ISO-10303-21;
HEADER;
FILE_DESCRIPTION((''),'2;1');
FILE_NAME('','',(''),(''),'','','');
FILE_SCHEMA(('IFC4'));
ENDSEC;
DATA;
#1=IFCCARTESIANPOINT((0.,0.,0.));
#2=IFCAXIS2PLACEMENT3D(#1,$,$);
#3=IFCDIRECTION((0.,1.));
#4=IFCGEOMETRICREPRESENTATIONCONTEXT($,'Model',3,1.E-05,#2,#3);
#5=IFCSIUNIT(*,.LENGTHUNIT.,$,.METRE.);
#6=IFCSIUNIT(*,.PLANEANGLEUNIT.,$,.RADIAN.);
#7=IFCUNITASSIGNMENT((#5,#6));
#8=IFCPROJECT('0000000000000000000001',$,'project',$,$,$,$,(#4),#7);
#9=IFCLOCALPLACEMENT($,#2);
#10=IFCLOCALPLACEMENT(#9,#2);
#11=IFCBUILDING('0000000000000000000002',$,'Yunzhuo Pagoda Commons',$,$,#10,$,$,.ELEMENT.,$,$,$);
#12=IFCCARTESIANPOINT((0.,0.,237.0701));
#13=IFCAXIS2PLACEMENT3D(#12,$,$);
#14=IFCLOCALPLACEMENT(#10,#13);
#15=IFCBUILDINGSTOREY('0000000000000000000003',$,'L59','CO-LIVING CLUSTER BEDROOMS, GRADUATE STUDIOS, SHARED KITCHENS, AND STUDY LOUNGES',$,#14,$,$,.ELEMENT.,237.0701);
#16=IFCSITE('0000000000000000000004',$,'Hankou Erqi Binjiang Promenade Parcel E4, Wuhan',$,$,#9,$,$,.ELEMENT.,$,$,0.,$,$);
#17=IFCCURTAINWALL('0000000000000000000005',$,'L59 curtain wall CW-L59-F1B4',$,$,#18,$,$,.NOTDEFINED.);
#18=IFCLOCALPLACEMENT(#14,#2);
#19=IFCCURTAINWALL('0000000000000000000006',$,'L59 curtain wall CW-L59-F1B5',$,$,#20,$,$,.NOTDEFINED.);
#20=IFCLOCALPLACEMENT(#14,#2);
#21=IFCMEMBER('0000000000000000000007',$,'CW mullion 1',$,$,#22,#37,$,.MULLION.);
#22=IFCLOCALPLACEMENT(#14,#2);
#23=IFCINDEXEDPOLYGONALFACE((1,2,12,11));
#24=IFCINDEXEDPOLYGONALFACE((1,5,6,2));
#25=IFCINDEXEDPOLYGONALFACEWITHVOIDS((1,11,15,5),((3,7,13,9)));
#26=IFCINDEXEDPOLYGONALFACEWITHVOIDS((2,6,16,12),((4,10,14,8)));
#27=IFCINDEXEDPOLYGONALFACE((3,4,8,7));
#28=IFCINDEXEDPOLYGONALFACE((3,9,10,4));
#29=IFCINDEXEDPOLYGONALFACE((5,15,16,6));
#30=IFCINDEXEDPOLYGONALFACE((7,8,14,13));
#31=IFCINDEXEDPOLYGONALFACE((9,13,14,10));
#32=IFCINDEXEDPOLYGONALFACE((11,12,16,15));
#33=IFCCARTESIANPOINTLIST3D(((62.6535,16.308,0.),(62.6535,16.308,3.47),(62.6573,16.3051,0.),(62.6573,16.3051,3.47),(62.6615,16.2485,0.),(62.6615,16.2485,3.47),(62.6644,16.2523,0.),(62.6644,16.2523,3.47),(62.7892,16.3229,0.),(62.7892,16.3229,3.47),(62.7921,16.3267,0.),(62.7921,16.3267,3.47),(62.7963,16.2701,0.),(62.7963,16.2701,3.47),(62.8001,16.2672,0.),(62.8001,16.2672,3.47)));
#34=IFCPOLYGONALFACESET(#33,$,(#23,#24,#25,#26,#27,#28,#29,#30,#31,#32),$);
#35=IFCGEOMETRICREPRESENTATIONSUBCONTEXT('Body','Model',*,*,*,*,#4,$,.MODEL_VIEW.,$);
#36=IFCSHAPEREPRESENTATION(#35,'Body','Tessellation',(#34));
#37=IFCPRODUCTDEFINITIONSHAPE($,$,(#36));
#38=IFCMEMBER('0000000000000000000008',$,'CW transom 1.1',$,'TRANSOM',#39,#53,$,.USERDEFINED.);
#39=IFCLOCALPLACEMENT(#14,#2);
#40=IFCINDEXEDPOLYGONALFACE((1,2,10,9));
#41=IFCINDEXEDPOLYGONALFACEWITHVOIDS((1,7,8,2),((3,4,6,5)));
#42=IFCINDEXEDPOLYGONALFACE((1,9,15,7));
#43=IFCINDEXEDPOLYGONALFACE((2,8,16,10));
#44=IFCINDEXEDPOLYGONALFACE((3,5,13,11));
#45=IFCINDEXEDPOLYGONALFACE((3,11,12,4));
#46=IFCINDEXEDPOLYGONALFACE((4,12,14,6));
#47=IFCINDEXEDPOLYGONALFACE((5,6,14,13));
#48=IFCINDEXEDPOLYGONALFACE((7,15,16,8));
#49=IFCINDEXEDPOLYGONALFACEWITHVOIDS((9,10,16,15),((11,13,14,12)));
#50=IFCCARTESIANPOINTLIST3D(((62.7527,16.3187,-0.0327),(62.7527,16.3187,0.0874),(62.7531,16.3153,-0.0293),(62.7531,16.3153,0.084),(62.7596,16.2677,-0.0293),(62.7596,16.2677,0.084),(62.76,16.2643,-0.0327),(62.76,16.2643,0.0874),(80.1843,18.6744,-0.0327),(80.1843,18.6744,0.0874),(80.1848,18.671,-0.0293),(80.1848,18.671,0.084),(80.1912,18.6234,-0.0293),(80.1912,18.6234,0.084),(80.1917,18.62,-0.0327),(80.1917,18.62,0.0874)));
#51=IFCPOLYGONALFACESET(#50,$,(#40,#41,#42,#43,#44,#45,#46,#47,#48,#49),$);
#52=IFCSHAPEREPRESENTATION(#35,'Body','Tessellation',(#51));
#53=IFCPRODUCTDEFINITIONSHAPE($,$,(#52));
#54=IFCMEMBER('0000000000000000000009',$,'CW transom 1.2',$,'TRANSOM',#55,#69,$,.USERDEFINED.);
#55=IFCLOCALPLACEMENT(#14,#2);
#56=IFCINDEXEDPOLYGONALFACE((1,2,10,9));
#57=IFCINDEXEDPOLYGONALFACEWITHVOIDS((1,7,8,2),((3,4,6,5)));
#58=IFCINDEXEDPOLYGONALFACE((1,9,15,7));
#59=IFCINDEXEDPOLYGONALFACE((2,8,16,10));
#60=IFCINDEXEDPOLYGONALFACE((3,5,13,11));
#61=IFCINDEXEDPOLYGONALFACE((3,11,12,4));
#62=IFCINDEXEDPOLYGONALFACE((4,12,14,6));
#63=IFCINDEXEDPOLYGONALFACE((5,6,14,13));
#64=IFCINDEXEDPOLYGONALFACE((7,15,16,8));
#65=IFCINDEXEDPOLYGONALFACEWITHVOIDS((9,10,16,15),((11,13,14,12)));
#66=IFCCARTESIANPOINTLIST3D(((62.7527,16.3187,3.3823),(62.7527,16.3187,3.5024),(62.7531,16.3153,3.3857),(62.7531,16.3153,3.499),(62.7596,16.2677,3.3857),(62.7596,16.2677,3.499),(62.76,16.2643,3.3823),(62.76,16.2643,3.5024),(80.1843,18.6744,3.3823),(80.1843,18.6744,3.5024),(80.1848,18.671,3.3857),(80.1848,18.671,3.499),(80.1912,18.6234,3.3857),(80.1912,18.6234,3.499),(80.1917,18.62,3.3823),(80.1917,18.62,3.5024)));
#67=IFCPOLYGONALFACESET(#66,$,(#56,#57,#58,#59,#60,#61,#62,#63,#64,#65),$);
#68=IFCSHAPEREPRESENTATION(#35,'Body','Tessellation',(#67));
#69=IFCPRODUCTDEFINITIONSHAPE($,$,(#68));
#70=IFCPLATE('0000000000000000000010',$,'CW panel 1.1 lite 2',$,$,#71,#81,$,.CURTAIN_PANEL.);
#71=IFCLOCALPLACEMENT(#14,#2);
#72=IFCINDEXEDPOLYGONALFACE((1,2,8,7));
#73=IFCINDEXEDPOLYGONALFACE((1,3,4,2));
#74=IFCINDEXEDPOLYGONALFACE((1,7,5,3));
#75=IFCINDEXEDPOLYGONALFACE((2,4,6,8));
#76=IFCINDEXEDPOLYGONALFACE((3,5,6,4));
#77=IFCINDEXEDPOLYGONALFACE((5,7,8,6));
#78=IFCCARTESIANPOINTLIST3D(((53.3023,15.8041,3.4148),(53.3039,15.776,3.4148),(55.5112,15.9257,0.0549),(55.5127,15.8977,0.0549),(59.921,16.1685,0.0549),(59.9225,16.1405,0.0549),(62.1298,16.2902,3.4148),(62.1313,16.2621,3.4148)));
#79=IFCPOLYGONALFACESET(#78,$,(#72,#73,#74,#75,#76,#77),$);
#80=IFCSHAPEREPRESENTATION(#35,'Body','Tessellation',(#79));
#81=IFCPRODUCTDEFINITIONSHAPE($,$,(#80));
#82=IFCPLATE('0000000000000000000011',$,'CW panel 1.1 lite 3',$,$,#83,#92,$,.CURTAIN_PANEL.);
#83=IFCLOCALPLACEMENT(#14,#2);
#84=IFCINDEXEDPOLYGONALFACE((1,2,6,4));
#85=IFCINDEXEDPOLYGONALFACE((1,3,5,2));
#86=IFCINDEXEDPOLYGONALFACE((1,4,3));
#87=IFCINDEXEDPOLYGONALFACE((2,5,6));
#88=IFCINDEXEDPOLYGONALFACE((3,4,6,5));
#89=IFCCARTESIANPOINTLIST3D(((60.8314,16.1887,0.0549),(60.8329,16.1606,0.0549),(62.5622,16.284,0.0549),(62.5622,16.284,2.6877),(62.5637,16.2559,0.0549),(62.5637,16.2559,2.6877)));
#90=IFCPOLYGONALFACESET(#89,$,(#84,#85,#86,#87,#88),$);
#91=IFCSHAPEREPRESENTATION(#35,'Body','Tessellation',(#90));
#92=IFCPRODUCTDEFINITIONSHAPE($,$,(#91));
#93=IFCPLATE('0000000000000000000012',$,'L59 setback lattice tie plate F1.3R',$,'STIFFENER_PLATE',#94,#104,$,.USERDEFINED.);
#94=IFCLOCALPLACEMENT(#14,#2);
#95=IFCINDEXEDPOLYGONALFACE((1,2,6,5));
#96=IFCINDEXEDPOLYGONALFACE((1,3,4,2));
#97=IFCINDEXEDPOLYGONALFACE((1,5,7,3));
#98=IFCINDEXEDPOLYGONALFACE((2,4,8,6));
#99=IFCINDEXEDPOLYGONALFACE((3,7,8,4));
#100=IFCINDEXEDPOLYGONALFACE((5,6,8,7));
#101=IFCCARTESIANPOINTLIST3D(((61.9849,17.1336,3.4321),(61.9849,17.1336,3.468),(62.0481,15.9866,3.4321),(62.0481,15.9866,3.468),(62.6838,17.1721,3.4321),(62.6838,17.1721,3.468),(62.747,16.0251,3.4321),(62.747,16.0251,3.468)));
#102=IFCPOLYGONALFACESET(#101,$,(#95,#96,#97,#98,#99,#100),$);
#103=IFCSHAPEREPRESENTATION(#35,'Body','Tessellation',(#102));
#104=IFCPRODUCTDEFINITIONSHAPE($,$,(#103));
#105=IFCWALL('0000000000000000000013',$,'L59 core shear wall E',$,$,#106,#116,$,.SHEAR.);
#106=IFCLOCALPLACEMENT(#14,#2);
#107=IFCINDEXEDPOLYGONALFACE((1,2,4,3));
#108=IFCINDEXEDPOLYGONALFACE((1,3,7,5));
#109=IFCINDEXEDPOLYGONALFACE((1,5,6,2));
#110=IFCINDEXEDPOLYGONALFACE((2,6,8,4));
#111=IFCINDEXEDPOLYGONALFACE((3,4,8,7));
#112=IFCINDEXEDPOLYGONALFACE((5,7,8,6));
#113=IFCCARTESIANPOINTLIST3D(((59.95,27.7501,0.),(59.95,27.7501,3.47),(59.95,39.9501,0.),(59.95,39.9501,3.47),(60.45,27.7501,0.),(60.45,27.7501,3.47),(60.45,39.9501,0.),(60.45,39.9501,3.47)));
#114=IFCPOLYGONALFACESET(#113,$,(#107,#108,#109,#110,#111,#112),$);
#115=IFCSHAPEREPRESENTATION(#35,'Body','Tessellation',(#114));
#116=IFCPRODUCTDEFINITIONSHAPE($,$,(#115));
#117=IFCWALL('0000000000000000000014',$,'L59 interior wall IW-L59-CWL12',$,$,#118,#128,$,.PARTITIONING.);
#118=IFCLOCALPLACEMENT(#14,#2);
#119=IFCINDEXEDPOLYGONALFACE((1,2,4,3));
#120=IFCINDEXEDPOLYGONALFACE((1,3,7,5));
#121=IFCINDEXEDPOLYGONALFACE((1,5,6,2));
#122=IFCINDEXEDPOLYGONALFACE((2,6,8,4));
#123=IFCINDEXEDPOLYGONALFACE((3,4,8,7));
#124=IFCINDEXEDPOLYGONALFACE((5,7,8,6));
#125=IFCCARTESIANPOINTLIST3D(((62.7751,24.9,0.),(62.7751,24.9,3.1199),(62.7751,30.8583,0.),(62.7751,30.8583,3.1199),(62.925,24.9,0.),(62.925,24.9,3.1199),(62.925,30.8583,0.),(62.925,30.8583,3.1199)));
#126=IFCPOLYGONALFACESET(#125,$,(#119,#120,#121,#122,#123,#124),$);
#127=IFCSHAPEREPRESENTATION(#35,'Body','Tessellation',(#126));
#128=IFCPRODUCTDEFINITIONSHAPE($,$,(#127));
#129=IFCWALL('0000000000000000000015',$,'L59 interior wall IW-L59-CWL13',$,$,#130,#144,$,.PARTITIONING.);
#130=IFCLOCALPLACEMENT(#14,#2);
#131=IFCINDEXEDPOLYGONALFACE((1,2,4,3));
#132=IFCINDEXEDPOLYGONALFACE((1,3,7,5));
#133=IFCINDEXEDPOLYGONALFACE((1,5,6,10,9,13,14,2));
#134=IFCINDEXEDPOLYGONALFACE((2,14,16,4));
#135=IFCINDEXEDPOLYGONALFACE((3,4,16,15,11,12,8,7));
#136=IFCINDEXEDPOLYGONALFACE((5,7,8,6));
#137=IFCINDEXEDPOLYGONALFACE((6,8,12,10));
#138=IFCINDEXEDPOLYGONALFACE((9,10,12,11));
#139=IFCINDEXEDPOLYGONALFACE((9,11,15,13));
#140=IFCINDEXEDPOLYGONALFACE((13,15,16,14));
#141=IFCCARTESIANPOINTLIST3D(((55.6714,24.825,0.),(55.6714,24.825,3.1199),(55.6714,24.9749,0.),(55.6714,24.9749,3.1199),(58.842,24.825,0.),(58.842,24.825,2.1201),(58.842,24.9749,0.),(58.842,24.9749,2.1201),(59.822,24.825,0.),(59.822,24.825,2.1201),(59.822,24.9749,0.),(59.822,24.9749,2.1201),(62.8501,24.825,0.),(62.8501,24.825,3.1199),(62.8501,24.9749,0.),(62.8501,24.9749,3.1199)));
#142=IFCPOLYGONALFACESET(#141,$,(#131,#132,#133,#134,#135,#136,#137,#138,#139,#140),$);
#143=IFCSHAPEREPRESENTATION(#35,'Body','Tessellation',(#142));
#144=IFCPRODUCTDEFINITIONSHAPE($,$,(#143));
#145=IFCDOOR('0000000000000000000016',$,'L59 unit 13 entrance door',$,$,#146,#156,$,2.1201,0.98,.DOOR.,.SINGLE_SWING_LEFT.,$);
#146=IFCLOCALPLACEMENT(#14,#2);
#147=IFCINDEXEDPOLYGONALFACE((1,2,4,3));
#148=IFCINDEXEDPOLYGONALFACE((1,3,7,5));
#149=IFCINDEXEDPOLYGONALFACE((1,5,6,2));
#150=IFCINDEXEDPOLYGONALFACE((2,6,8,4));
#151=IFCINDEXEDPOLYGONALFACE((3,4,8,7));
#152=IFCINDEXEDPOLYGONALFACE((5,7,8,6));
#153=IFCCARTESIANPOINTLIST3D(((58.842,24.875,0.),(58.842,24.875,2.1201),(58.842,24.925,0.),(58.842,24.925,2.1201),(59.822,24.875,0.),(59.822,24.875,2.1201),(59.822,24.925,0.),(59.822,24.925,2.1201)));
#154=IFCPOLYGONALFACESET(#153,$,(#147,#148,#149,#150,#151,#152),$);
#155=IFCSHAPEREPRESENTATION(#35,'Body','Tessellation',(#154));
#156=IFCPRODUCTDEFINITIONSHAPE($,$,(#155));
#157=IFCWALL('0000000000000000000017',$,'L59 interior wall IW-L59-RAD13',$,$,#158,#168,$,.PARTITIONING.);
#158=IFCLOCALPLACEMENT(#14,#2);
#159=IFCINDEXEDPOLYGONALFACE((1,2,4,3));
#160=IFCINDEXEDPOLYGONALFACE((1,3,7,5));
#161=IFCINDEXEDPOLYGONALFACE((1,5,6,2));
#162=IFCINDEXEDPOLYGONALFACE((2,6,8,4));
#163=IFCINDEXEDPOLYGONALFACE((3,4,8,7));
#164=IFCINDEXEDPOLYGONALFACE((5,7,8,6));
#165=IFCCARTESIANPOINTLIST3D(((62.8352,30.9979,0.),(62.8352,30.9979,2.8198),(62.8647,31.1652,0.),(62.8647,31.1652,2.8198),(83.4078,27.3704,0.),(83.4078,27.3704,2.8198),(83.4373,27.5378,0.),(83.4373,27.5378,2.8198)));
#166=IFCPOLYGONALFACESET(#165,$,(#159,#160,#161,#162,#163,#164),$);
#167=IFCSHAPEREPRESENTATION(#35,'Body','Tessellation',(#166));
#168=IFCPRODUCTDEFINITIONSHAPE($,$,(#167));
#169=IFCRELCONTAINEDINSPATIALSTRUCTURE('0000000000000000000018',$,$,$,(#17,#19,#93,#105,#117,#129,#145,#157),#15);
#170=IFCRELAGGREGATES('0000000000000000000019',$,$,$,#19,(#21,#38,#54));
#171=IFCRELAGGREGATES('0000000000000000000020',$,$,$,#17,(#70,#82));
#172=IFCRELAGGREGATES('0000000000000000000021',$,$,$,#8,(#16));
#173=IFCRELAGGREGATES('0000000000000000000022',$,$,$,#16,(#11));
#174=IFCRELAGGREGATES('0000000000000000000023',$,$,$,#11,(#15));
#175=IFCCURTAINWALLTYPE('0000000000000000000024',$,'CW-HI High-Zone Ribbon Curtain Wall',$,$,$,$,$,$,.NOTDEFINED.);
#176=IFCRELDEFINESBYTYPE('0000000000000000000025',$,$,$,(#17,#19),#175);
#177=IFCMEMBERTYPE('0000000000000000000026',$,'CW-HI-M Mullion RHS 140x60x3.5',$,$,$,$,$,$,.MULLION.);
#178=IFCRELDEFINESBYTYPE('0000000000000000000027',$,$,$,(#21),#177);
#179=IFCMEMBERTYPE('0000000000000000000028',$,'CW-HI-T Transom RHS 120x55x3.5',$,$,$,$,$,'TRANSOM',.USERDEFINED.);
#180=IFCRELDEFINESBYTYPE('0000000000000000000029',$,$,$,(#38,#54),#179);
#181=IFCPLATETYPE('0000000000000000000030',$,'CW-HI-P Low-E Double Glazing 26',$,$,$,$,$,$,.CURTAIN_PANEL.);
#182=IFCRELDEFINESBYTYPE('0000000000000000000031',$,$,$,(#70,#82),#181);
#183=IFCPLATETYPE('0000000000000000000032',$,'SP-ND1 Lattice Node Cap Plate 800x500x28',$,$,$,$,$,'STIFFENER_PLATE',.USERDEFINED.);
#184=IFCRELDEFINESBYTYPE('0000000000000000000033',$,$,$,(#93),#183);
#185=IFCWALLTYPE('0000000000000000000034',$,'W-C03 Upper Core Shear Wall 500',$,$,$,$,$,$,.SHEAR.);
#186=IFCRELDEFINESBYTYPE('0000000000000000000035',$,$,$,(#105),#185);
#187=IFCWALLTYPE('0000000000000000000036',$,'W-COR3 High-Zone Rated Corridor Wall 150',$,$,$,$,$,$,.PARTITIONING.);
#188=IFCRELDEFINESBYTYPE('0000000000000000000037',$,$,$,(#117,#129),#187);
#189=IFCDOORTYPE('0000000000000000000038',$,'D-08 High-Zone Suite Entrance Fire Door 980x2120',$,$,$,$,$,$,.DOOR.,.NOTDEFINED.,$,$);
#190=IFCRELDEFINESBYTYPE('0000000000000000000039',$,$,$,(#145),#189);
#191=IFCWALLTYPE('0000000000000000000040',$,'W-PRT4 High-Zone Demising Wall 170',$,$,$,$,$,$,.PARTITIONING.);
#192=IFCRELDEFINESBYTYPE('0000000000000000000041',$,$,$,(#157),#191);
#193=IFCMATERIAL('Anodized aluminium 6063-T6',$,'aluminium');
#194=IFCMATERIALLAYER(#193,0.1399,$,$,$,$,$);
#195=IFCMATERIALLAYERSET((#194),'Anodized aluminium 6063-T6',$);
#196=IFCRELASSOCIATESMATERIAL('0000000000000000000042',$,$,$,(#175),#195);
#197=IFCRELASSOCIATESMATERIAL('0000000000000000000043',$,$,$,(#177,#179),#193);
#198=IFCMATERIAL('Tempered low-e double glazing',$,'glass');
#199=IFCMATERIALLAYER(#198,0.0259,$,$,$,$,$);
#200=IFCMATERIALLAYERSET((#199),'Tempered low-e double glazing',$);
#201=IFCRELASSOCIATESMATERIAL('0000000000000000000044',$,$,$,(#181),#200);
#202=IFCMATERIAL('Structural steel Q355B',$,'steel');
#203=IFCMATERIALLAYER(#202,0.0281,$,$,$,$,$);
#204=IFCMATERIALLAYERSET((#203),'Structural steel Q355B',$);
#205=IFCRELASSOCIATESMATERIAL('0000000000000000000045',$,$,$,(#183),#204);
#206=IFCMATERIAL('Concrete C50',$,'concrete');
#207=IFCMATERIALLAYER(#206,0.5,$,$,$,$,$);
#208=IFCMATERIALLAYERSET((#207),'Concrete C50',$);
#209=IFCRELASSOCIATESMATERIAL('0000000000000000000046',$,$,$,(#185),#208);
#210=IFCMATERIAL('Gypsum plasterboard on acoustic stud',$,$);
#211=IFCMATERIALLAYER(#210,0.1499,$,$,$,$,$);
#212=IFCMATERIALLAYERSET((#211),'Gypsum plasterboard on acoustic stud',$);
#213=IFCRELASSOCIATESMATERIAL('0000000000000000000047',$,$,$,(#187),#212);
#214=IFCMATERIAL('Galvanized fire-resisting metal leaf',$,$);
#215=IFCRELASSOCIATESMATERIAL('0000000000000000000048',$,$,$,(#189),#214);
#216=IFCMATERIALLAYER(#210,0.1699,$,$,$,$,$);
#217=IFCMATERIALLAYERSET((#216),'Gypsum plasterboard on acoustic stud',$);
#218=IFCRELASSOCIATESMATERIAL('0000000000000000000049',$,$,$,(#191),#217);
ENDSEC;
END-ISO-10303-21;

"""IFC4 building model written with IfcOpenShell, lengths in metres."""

from ifc_helpers import new_model, si_unit, direction, frame, frame_2d, origin, origin_with_axes, origin_2d, place, context, subcontext, project, spatial, polyline, rectangle, hollow_rectangle, outline, extrude, source, transform, mapped, material, layer, layer_set, material_profile, profile_set, type_object, element, fill, aggregate, save


model = new_model("IFC4")

# Units and contexts
model_context = context("Model", 3, precision=1e-05, world=origin(), true_north=direction((0.0, 1.0)))
body_context = subcontext(model_context, "Body", "Model", "MODEL_VIEW")
ifc_project = project(units=[si_unit("LENGTHUNIT", "METRE"), si_unit("PLANEANGLEUNIT", "RADIAN")], contexts=[model_context])

# Site, building, storey
site_placement = place(None, origin())
site = spatial("IfcSite", under=ifc_project, at=site_placement, Name="Hankou Erqi Binjiang Promenade Parcel E4, Wuhan", CompositionType="ELEMENT", RefElevation=0.0)
building_placement = place(site_placement, origin())
building = spatial("IfcBuilding", under=site, at=building_placement, Name="Yunzhuo Pagoda Commons", CompositionType="ELEMENT")
storey_placement = place(building_placement, frame((0.0, 0.0, 237.0701)))
storey = spatial("IfcBuildingStorey", under=building, at=storey_placement, Name="L59", Description="CO-LIVING CLUSTER BEDROOMS, GRADUATE STUDIOS, SHARED KITCHENS, AND STUDY LOUNGES", CompositionType="ELEMENT", Elevation=237.0701)

# Shared definitions
ifc_material_1 = material(Name="Structural steel Q355B", Category="steel")

# Curtain wall
ifc_material_2 = material(Name="Anodized aluminium 6063-T6", Category="aluminium")
ifc_layer_1 = layer(ifc_material_2, 0.1399)
ifc_layer_set_1 = layer_set([ifc_layer_1], Name="Anodized aluminium 6063-T6")
curtain_wall_type = type_object("IfcCurtainWallType", Name="CW-HI High-Zone Ribbon Curtain Wall", PredefinedType="NOTDEFINED", material=ifc_layer_set_1)
curtain_wall_1_placement = place(storey_placement, origin())
curtain_wall_1 = element("IfcCurtainWall", 1, at=curtain_wall_1_placement, inside=storey, type_object=curtain_wall_type, Name="L59 curtain wall CW-L59-F1B4", PredefinedType="NOTDEFINED")
ifc_material_profile_1 = material_profile(ifc_material_2, hollow_rectangle(XDim=0.0601, YDim=0.1399, WallThickness=0.0034, at=origin_2d()), Name="Anodized aluminium 6063-T6")
ifc_profile_set_1 = profile_set([ifc_material_profile_1], Name="Anodized aluminium 6063-T6")
member_type_1 = type_object("IfcMemberType", Name="CW-HI-M Mullion RHS 140x60x3.5", PredefinedType="MULLION", material=ifc_profile_set_1)
shared_shape_1 = source(origin(), body_context, "Body", "SweptSolid", [
    extrude(hollow_rectangle(XDim=0.0601, YDim=0.1399, WallThickness=0.0034, at=origin_2d()), origin(), (0.0, 0.0, 1.0), 3.47),
])

# Curtain wall, members
curtain_wall_2_placement = place(storey_placement, origin())
curtain_wall_2 = element("IfcCurtainWall", 2, at=curtain_wall_2_placement, inside=storey, type_object=curtain_wall_type, Name="L59 curtain wall CW-L59-F1B5", PredefinedType="NOTDEFINED")
member_1_placement = place(storey_placement, frame((62.7268, 16.2876, 0.0), z_axis=(0.0, 0.0, 1.0), x_axis=(-0.13393, 0.990991, 0.0)))
member_1 = element("IfcMember", 3, at=member_1_placement, type_object=member_type_1, Name="CW mullion 1", PredefinedType="MULLION", context=body_context, shape_type="MappedRepresentation", body=[
    mapped(shared_shape_1, transform((0.0, 0.0, 0.0), scale=1.0)),
])
ifc_material_profile_2 = material_profile(ifc_material_2, hollow_rectangle(XDim=0.0549, YDim=0.1201, WallThickness=0.0034, at=origin_2d()), Name="Anodized aluminium 6063-T6")
ifc_profile_set_2 = profile_set([ifc_material_profile_2], Name="Anodized aluminium 6063-T6")
member_type_2 = type_object("IfcMemberType", Name="CW-HI-T Transom RHS 120x55x3.5", ElementType="TRANSOM", PredefinedType="USERDEFINED", material=ifc_profile_set_2)
shared_shape_2 = source(origin(), body_context, "Body", "SweptSolid", [
    extrude(hollow_rectangle(XDim=0.0549, YDim=0.1201, WallThickness=0.0034, at=origin_2d()), origin(), (0.0, 0.0, 1.0), 17.5901),
])
member_2_placement = place(storey_placement, frame((62.7563, 16.2915, 0.0273), z_axis=(0.990992, 0.133923, 0.0), x_axis=(-0.133923, 0.990992, 0.0)))
member_2 = element("IfcMember", 4, at=member_2_placement, type_object=member_type_2, Name="CW transom 1.1", ObjectType="TRANSOM", PredefinedType="USERDEFINED", context=body_context, shape_type="MappedRepresentation", body=[
    mapped(shared_shape_2, transform((0.0, 0.0, 0.0), scale=1.0)),
])
member_3_placement = place(storey_placement, frame((62.7563, 16.2915, 3.4424), z_axis=(0.990992, 0.133923, 0.0), x_axis=(-0.133923, 0.990992, 0.0)))
member_3 = element("IfcMember", 5, at=member_3_placement, type_object=member_type_2, Name="CW transom 1.2", ObjectType="TRANSOM", PredefinedType="USERDEFINED", context=body_context, shape_type="MappedRepresentation", body=[
    mapped(shared_shape_2, transform((0.0, 0.0, 0.0), scale=1.0)),
])
aggregate(curtain_wall_2, [member_1, member_2, member_3])

# Plates
ifc_material_3 = material(Name="Tempered low-e double glazing", Category="glass")
ifc_layer_2 = layer(ifc_material_3, 0.0259)
ifc_layer_set_2 = layer_set([ifc_layer_2], Name="Tempered low-e double glazing")
plate_type_1 = type_object("IfcPlateType", Name="CW-HI-P Low-E Double Glazing 26", PredefinedType="CURTAIN_PANEL", material=ifc_layer_set_2)
plate_1_placement = place(storey_placement, frame((57.7161, 16.0471, 1.7349), z_axis=(0.054981, -0.998487, 0.0), x_axis=(0.998487, 0.054981, 0.0)))
plate_1 = element("IfcPlate", 6, at=plate_1_placement, type_object=plate_type_1, Name="CW panel 1.1 lite 2", PredefinedType="CURTAIN_PANEL", context=body_context, shape_type="SweptSolid", body=[
    extrude(outline(polyline([(-4.4204, 1.6799), (-2.2083, -1.6799), (2.2083, -1.6799), (4.4204, 1.6799), (-4.4204, 1.6799)])), origin(), (0.0, 0.0, 1.0), 0.0281),
])
plate_2_placement = place(storey_placement, frame((61.6968, 16.2363, 1.3713), z_axis=(0.054981, -0.998487, 0.0), x_axis=(0.998487, 0.054981, 0.0)))
plate_2 = element("IfcPlate", 7, at=plate_2_placement, type_object=plate_type_1, Name="CW panel 1.1 lite 3", PredefinedType="CURTAIN_PANEL", context=body_context, shape_type="SweptSolid", body=[
    extrude(outline(polyline([(-0.8667, -1.3164), (0.8667, -1.3164), (0.8667, 1.3164), (-0.8667, -1.3164)])), origin(), (0.0, 0.0, 1.0), 0.0281),
])
aggregate(curtain_wall_1, [plate_1, plate_2])
ifc_layer_3 = layer(ifc_material_1, 0.0281)
ifc_layer_set_3 = layer_set([ifc_layer_3], Name="Structural steel Q355B")
plate_type_2 = type_object("IfcPlateType", Name="SP-ND1 Lattice Node Cap Plate 800x500x28", ElementType="STIFFENER_PLATE", PredefinedType="USERDEFINED", material=ifc_layer_set_3)
shared_shape_3 = source(origin(), body_context, "Body", "SweptSolid", [
    extrude(rectangle(XDim=0.7, YDim=1.1487, at=origin_2d()), origin(), (0.0, 0.0, 1.0), 0.0359),
])
plate_3_placement = place(storey_placement, frame((62.366, 16.5793, 3.4321), z_axis=(0.0, 0.0, 1.0), x_axis=(0.998487, 0.054985, 0.0)))
element("IfcPlate", 8, at=plate_3_placement, inside=storey, type_object=plate_type_2, Name="L59 setback lattice tie plate F1.3R", ObjectType="STIFFENER_PLATE", PredefinedType="USERDEFINED", context=body_context, shape_type="MappedRepresentation", body=[
    mapped(shared_shape_3, transform((0.0, 0.0, 0.0), scale=1.0)),
])

# Walls
ifc_material_4 = material(Name="Concrete C50", Category="concrete")
ifc_layer_4 = layer(ifc_material_4, 0.5)
ifc_layer_set_4 = layer_set([ifc_layer_4], Name="Concrete C50")
wall_type_1 = type_object("IfcWallType", Name="W-C03 Upper Core Shear Wall 500", PredefinedType="SHEAR", material=ifc_layer_set_4)
wall_1_placement = place(storey_placement, frame((60.2, 27.75, 0.0), z_axis=(0.0, 0.0, 1.0), x_axis=(0.0, 1.0, 0.0)))
element("IfcWall", 9, at=wall_1_placement, inside=storey, type_object=wall_type_1, Name="L59 core shear wall E", PredefinedType="SHEAR", context=body_context, shape_type="SweptSolid", body=[
    extrude(rectangle(XDim=12.2, YDim=0.5, at=frame_2d((6.1001, 0.0))), origin(), (0.0, 0.0, 1.0), 3.47),
])
ifc_material_5 = material(Name="Gypsum plasterboard on acoustic stud")
ifc_layer_5 = layer(ifc_material_5, 0.1499)
ifc_layer_set_5 = layer_set([ifc_layer_5], Name="Gypsum plasterboard on acoustic stud")
wall_type_2 = type_object("IfcWallType", Name="W-COR3 High-Zone Rated Corridor Wall 150", PredefinedType="PARTITIONING", material=ifc_layer_set_5)
wall_2_placement = place(storey_placement, frame((62.8501, 30.8582, 0.0), z_axis=(0.0, 0.0, 1.0), x_axis=(0.0, -1.0, 0.0)))
element("IfcWall", 10, at=wall_2_placement, inside=storey, type_object=wall_type_2, Name="L59 interior wall IW-L59-CWL12", PredefinedType="PARTITIONING", context=body_context, shape_type="SweptSolid", body=[
    extrude(rectangle(XDim=5.9583, YDim=0.1499, at=frame_2d((2.979, 0.0))), origin(), (0.0, 0.0, 1.0), 3.1199),
])

# Wall, opening, door
wall_3_placement = place(storey_placement, frame((62.8501, 24.8999, 0.0), z_axis=(0.0, 0.0, 1.0), x_axis=(-1.0, 0.0, 0.0)))
wall_3 = element("IfcWall", 11, at=wall_3_placement, inside=storey, type_object=wall_type_2, Name="L59 interior wall IW-L59-CWL13", PredefinedType="PARTITIONING", context=body_context, shape_type="SweptSolid", body=[
    extrude(rectangle(XDim=7.1787, YDim=0.1499, at=frame_2d((3.5894, 0.0))), origin(), (0.0, 0.0, 1.0), 3.1199),
])
opening_placement = place(wall_3_placement, frame((3.0281, 0.0, 0.0)))
opening = element("IfcOpeningElement", 12, at=opening_placement, cuts=wall_3, PredefinedType="OPENING", context=body_context, shape_type="SweptSolid", body=[
    extrude(rectangle(XDim=0.98, YDim=2.1201, at=frame_2d((0.49, 1.0601))), frame((0.0, 0.085, 0.0), z_axis=(0.0, -1.0, 0.0), x_axis=(1.0, 0.0, 0.0)), (0.0, 0.0, 1.0), 0.1699),
])
ifc_material_6 = material(Name="Galvanized fire-resisting metal leaf")
door_type = type_object("IfcDoorType", Name="D-08 High-Zone Suite Entrance Fire Door 980x2120", OperationType="NOTDEFINED", PredefinedType="DOOR", material=ifc_material_6)
shared_shape_4 = source(origin(), body_context, "Body", "SweptSolid", [
    extrude(rectangle(XDim=0.98, YDim=2.1201, at=frame_2d((0.49, 1.0601))), frame((0.0, 0.0249, 0.0), z_axis=(0.0, -1.0, 0.0), x_axis=(1.0, 0.0, 0.0)), (0.0, 0.0, 1.0), 0.05),
])
door_placement = place(opening_placement, origin_with_axes())
door = element("IfcDoor", 13, at=door_placement, inside=storey, type_object=door_type, Name="L59 unit 13 entrance door", OperationType="SINGLE_SWING_LEFT", OverallHeight=2.1201, OverallWidth=0.98, PredefinedType="DOOR", context=body_context, shape_type="MappedRepresentation", body=[
    mapped(shared_shape_4, transform((0.0, 0.0, 0.0), scale=1.0)),
])
fill(opening, door)

# Wall
ifc_layer_6 = layer(ifc_material_5, 0.1699)
ifc_layer_set_6 = layer_set([ifc_layer_6], Name="Gypsum plasterboard on acoustic stud")
wall_type_3 = type_object("IfcWallType", Name="W-PRT4 High-Zone Demising Wall 170", PredefinedType="PARTITIONING", material=ifc_layer_set_6)
wall_4_placement = place(storey_placement, frame((62.8501, 31.0815, 0.0), z_axis=(0.0, 0.0, 1.0), x_axis=(0.984808, -0.173646, 0.0)))
element("IfcWall", 14, at=wall_4_placement, inside=storey, type_object=wall_type_3, Name="L59 interior wall IW-L59-RAD13", PredefinedType="PARTITIONING", context=body_context, shape_type="SweptSolid", body=[
    extrude(rectangle(XDim=20.8899, YDim=0.1699, at=frame_2d((10.4448, 0.0))), origin(), (0.0, 0.0, 1.0), 2.8198),
])

save(model, "model.ifc")
